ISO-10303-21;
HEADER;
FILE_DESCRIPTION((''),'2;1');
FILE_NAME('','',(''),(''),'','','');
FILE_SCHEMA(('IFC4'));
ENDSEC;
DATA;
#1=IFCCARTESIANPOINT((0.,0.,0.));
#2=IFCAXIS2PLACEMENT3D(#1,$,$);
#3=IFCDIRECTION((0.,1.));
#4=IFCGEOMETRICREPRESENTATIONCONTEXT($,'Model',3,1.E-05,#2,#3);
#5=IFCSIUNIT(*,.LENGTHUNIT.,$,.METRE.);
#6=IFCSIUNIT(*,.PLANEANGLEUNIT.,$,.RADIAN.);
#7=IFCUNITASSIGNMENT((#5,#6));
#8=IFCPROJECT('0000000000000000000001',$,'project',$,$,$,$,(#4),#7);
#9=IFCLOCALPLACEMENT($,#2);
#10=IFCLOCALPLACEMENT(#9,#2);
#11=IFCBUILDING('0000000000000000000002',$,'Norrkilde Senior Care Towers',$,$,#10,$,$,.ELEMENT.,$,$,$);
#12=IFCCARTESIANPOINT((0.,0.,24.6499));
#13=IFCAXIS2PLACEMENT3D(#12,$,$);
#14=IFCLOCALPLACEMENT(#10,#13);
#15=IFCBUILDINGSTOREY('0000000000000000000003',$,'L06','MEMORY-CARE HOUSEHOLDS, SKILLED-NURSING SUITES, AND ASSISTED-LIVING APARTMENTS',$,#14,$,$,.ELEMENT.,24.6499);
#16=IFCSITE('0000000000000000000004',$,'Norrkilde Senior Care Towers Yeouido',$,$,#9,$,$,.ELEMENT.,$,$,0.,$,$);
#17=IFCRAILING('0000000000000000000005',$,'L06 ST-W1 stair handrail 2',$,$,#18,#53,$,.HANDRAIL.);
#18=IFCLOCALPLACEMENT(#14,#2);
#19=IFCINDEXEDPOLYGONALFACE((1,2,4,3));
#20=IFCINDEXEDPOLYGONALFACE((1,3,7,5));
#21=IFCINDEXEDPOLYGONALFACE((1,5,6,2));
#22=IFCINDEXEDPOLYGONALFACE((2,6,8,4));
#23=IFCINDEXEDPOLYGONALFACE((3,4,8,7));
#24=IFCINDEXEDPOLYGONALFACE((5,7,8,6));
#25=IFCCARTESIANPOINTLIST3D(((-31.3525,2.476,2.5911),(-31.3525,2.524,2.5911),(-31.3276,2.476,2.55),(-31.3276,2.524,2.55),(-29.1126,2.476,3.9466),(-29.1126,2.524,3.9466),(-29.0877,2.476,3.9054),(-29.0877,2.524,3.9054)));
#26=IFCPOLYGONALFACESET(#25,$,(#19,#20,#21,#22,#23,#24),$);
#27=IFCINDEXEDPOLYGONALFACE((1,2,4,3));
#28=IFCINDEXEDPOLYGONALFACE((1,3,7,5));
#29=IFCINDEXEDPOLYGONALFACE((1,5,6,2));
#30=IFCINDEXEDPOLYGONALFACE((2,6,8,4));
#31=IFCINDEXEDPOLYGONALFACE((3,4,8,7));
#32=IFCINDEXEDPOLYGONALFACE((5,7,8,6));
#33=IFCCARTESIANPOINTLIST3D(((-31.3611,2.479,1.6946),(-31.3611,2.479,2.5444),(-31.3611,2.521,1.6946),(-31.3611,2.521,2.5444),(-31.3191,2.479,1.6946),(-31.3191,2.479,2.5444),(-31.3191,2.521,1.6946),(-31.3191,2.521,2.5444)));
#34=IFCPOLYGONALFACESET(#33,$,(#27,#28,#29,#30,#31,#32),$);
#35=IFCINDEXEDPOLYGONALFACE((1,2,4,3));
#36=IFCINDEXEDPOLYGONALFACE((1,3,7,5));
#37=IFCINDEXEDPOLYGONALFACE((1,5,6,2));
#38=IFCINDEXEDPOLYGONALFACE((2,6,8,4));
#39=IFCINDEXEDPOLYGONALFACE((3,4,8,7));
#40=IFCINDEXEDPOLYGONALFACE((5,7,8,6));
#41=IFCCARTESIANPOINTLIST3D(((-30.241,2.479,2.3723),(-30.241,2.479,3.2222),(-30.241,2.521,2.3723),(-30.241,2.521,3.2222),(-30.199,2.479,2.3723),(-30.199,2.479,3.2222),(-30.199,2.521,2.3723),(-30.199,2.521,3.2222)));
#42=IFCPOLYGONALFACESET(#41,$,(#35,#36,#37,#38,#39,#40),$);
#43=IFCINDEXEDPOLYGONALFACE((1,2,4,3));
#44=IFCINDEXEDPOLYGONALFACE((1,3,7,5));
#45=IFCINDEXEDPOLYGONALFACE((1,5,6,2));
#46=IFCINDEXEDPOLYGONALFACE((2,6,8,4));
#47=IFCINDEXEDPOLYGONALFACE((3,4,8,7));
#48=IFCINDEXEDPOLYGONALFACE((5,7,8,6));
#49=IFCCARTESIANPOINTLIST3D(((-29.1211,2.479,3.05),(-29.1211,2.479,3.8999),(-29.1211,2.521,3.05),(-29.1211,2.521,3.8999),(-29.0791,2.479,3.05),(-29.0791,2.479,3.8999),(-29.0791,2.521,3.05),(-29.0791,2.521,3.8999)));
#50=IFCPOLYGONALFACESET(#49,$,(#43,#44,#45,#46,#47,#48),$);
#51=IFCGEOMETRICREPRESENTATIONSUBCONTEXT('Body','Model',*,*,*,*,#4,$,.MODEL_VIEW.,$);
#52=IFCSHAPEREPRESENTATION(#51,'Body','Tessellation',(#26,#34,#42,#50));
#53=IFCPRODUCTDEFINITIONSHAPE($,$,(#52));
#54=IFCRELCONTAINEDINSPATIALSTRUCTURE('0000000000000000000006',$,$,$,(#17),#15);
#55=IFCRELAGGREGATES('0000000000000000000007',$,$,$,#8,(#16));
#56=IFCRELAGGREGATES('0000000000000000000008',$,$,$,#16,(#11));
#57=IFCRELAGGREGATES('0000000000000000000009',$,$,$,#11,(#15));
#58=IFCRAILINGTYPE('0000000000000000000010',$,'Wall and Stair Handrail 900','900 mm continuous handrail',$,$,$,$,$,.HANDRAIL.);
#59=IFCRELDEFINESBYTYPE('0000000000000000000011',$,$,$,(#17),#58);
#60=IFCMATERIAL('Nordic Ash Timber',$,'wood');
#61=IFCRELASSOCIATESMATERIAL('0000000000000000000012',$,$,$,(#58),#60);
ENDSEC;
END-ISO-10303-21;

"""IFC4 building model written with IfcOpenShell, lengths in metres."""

from ifc_helpers import new_model, si_unit, direction, frame, origin, origin_2d, place, context, subcontext, project, spatial, rectangle, extrude, material, type_object, element, save


model = new_model("IFC4")

# Units and contexts
model_context = context("Model", 3, precision=1e-05, world=origin(), true_north=direction((0.0, 1.0)))
body_context = subcontext(model_context, "Body", "Model", "MODEL_VIEW")
ifc_project = project(units=[si_unit("LENGTHUNIT", "METRE"), si_unit("PLANEANGLEUNIT", "RADIAN")], contexts=[model_context])

# Site, building, storey
site_placement = place(None, origin())
site = spatial("IfcSite", under=ifc_project, at=site_placement, Name="Norrkilde Senior Care Towers Yeouido", CompositionType="ELEMENT", RefElevation=0.0)
building_placement = place(site_placement, origin())
building = spatial("IfcBuilding", under=site, at=building_placement, Name="Norrkilde Senior Care Towers", CompositionType="ELEMENT")
storey_placement = place(building_placement, frame((0.0, 0.0, 24.6499)))
storey = spatial("IfcBuildingStorey", under=building, at=storey_placement, Name="L06", Description="MEMORY-CARE HOUSEHOLDS, SKILLED-NURSING SUITES, AND ASSISTED-LIVING APARTMENTS", CompositionType="ELEMENT", Elevation=24.6499)

# Railing
ifc_material_1 = material(Name="Nordic Ash Timber", Category="wood")
railing_type_1 = type_object("IfcRailingType", Name="Wall and Stair Handrail 900", Description="900 mm continuous handrail", PredefinedType="HANDRAIL", material=ifc_material_1)
railing_1_placement = place(storey_placement, frame((-31.3401, 2.5, 1.6946)))
element("IfcRailing", 1, at=railing_1_placement, inside=storey, type_object=railing_type_1, Name="L06 ST-W1 stair handrail 2", PredefinedType="HANDRAIL", context=body_context, shape_type="SweptSolid", body=[
    extrude(rectangle(XDim=0.0481, YDim=0.0481, at=origin_2d()), frame((0.0, 0.0, 0.876), z_axis=(0.855553, 0.0, 0.517715), x_axis=(0.0, 1.0, 0.0)), (0.0, 0.0, 1.0), 2.6182),
    extrude(rectangle(XDim=0.042, YDim=0.042, at=origin_2d()), origin(), (0.0, 0.0, 1.0), 0.8499),
    extrude(rectangle(XDim=0.042, YDim=0.042, at=origin_2d()), frame((1.1201, 0.0, 0.6777)), (0.0, 0.0, 1.0), 0.8499),
    extrude(rectangle(XDim=0.042, YDim=0.042, at=origin_2d()), frame((2.24, 0.0, 1.3555)), (0.0, 0.0, 1.0), 0.8499),
])

save(model, "model.ifc")
